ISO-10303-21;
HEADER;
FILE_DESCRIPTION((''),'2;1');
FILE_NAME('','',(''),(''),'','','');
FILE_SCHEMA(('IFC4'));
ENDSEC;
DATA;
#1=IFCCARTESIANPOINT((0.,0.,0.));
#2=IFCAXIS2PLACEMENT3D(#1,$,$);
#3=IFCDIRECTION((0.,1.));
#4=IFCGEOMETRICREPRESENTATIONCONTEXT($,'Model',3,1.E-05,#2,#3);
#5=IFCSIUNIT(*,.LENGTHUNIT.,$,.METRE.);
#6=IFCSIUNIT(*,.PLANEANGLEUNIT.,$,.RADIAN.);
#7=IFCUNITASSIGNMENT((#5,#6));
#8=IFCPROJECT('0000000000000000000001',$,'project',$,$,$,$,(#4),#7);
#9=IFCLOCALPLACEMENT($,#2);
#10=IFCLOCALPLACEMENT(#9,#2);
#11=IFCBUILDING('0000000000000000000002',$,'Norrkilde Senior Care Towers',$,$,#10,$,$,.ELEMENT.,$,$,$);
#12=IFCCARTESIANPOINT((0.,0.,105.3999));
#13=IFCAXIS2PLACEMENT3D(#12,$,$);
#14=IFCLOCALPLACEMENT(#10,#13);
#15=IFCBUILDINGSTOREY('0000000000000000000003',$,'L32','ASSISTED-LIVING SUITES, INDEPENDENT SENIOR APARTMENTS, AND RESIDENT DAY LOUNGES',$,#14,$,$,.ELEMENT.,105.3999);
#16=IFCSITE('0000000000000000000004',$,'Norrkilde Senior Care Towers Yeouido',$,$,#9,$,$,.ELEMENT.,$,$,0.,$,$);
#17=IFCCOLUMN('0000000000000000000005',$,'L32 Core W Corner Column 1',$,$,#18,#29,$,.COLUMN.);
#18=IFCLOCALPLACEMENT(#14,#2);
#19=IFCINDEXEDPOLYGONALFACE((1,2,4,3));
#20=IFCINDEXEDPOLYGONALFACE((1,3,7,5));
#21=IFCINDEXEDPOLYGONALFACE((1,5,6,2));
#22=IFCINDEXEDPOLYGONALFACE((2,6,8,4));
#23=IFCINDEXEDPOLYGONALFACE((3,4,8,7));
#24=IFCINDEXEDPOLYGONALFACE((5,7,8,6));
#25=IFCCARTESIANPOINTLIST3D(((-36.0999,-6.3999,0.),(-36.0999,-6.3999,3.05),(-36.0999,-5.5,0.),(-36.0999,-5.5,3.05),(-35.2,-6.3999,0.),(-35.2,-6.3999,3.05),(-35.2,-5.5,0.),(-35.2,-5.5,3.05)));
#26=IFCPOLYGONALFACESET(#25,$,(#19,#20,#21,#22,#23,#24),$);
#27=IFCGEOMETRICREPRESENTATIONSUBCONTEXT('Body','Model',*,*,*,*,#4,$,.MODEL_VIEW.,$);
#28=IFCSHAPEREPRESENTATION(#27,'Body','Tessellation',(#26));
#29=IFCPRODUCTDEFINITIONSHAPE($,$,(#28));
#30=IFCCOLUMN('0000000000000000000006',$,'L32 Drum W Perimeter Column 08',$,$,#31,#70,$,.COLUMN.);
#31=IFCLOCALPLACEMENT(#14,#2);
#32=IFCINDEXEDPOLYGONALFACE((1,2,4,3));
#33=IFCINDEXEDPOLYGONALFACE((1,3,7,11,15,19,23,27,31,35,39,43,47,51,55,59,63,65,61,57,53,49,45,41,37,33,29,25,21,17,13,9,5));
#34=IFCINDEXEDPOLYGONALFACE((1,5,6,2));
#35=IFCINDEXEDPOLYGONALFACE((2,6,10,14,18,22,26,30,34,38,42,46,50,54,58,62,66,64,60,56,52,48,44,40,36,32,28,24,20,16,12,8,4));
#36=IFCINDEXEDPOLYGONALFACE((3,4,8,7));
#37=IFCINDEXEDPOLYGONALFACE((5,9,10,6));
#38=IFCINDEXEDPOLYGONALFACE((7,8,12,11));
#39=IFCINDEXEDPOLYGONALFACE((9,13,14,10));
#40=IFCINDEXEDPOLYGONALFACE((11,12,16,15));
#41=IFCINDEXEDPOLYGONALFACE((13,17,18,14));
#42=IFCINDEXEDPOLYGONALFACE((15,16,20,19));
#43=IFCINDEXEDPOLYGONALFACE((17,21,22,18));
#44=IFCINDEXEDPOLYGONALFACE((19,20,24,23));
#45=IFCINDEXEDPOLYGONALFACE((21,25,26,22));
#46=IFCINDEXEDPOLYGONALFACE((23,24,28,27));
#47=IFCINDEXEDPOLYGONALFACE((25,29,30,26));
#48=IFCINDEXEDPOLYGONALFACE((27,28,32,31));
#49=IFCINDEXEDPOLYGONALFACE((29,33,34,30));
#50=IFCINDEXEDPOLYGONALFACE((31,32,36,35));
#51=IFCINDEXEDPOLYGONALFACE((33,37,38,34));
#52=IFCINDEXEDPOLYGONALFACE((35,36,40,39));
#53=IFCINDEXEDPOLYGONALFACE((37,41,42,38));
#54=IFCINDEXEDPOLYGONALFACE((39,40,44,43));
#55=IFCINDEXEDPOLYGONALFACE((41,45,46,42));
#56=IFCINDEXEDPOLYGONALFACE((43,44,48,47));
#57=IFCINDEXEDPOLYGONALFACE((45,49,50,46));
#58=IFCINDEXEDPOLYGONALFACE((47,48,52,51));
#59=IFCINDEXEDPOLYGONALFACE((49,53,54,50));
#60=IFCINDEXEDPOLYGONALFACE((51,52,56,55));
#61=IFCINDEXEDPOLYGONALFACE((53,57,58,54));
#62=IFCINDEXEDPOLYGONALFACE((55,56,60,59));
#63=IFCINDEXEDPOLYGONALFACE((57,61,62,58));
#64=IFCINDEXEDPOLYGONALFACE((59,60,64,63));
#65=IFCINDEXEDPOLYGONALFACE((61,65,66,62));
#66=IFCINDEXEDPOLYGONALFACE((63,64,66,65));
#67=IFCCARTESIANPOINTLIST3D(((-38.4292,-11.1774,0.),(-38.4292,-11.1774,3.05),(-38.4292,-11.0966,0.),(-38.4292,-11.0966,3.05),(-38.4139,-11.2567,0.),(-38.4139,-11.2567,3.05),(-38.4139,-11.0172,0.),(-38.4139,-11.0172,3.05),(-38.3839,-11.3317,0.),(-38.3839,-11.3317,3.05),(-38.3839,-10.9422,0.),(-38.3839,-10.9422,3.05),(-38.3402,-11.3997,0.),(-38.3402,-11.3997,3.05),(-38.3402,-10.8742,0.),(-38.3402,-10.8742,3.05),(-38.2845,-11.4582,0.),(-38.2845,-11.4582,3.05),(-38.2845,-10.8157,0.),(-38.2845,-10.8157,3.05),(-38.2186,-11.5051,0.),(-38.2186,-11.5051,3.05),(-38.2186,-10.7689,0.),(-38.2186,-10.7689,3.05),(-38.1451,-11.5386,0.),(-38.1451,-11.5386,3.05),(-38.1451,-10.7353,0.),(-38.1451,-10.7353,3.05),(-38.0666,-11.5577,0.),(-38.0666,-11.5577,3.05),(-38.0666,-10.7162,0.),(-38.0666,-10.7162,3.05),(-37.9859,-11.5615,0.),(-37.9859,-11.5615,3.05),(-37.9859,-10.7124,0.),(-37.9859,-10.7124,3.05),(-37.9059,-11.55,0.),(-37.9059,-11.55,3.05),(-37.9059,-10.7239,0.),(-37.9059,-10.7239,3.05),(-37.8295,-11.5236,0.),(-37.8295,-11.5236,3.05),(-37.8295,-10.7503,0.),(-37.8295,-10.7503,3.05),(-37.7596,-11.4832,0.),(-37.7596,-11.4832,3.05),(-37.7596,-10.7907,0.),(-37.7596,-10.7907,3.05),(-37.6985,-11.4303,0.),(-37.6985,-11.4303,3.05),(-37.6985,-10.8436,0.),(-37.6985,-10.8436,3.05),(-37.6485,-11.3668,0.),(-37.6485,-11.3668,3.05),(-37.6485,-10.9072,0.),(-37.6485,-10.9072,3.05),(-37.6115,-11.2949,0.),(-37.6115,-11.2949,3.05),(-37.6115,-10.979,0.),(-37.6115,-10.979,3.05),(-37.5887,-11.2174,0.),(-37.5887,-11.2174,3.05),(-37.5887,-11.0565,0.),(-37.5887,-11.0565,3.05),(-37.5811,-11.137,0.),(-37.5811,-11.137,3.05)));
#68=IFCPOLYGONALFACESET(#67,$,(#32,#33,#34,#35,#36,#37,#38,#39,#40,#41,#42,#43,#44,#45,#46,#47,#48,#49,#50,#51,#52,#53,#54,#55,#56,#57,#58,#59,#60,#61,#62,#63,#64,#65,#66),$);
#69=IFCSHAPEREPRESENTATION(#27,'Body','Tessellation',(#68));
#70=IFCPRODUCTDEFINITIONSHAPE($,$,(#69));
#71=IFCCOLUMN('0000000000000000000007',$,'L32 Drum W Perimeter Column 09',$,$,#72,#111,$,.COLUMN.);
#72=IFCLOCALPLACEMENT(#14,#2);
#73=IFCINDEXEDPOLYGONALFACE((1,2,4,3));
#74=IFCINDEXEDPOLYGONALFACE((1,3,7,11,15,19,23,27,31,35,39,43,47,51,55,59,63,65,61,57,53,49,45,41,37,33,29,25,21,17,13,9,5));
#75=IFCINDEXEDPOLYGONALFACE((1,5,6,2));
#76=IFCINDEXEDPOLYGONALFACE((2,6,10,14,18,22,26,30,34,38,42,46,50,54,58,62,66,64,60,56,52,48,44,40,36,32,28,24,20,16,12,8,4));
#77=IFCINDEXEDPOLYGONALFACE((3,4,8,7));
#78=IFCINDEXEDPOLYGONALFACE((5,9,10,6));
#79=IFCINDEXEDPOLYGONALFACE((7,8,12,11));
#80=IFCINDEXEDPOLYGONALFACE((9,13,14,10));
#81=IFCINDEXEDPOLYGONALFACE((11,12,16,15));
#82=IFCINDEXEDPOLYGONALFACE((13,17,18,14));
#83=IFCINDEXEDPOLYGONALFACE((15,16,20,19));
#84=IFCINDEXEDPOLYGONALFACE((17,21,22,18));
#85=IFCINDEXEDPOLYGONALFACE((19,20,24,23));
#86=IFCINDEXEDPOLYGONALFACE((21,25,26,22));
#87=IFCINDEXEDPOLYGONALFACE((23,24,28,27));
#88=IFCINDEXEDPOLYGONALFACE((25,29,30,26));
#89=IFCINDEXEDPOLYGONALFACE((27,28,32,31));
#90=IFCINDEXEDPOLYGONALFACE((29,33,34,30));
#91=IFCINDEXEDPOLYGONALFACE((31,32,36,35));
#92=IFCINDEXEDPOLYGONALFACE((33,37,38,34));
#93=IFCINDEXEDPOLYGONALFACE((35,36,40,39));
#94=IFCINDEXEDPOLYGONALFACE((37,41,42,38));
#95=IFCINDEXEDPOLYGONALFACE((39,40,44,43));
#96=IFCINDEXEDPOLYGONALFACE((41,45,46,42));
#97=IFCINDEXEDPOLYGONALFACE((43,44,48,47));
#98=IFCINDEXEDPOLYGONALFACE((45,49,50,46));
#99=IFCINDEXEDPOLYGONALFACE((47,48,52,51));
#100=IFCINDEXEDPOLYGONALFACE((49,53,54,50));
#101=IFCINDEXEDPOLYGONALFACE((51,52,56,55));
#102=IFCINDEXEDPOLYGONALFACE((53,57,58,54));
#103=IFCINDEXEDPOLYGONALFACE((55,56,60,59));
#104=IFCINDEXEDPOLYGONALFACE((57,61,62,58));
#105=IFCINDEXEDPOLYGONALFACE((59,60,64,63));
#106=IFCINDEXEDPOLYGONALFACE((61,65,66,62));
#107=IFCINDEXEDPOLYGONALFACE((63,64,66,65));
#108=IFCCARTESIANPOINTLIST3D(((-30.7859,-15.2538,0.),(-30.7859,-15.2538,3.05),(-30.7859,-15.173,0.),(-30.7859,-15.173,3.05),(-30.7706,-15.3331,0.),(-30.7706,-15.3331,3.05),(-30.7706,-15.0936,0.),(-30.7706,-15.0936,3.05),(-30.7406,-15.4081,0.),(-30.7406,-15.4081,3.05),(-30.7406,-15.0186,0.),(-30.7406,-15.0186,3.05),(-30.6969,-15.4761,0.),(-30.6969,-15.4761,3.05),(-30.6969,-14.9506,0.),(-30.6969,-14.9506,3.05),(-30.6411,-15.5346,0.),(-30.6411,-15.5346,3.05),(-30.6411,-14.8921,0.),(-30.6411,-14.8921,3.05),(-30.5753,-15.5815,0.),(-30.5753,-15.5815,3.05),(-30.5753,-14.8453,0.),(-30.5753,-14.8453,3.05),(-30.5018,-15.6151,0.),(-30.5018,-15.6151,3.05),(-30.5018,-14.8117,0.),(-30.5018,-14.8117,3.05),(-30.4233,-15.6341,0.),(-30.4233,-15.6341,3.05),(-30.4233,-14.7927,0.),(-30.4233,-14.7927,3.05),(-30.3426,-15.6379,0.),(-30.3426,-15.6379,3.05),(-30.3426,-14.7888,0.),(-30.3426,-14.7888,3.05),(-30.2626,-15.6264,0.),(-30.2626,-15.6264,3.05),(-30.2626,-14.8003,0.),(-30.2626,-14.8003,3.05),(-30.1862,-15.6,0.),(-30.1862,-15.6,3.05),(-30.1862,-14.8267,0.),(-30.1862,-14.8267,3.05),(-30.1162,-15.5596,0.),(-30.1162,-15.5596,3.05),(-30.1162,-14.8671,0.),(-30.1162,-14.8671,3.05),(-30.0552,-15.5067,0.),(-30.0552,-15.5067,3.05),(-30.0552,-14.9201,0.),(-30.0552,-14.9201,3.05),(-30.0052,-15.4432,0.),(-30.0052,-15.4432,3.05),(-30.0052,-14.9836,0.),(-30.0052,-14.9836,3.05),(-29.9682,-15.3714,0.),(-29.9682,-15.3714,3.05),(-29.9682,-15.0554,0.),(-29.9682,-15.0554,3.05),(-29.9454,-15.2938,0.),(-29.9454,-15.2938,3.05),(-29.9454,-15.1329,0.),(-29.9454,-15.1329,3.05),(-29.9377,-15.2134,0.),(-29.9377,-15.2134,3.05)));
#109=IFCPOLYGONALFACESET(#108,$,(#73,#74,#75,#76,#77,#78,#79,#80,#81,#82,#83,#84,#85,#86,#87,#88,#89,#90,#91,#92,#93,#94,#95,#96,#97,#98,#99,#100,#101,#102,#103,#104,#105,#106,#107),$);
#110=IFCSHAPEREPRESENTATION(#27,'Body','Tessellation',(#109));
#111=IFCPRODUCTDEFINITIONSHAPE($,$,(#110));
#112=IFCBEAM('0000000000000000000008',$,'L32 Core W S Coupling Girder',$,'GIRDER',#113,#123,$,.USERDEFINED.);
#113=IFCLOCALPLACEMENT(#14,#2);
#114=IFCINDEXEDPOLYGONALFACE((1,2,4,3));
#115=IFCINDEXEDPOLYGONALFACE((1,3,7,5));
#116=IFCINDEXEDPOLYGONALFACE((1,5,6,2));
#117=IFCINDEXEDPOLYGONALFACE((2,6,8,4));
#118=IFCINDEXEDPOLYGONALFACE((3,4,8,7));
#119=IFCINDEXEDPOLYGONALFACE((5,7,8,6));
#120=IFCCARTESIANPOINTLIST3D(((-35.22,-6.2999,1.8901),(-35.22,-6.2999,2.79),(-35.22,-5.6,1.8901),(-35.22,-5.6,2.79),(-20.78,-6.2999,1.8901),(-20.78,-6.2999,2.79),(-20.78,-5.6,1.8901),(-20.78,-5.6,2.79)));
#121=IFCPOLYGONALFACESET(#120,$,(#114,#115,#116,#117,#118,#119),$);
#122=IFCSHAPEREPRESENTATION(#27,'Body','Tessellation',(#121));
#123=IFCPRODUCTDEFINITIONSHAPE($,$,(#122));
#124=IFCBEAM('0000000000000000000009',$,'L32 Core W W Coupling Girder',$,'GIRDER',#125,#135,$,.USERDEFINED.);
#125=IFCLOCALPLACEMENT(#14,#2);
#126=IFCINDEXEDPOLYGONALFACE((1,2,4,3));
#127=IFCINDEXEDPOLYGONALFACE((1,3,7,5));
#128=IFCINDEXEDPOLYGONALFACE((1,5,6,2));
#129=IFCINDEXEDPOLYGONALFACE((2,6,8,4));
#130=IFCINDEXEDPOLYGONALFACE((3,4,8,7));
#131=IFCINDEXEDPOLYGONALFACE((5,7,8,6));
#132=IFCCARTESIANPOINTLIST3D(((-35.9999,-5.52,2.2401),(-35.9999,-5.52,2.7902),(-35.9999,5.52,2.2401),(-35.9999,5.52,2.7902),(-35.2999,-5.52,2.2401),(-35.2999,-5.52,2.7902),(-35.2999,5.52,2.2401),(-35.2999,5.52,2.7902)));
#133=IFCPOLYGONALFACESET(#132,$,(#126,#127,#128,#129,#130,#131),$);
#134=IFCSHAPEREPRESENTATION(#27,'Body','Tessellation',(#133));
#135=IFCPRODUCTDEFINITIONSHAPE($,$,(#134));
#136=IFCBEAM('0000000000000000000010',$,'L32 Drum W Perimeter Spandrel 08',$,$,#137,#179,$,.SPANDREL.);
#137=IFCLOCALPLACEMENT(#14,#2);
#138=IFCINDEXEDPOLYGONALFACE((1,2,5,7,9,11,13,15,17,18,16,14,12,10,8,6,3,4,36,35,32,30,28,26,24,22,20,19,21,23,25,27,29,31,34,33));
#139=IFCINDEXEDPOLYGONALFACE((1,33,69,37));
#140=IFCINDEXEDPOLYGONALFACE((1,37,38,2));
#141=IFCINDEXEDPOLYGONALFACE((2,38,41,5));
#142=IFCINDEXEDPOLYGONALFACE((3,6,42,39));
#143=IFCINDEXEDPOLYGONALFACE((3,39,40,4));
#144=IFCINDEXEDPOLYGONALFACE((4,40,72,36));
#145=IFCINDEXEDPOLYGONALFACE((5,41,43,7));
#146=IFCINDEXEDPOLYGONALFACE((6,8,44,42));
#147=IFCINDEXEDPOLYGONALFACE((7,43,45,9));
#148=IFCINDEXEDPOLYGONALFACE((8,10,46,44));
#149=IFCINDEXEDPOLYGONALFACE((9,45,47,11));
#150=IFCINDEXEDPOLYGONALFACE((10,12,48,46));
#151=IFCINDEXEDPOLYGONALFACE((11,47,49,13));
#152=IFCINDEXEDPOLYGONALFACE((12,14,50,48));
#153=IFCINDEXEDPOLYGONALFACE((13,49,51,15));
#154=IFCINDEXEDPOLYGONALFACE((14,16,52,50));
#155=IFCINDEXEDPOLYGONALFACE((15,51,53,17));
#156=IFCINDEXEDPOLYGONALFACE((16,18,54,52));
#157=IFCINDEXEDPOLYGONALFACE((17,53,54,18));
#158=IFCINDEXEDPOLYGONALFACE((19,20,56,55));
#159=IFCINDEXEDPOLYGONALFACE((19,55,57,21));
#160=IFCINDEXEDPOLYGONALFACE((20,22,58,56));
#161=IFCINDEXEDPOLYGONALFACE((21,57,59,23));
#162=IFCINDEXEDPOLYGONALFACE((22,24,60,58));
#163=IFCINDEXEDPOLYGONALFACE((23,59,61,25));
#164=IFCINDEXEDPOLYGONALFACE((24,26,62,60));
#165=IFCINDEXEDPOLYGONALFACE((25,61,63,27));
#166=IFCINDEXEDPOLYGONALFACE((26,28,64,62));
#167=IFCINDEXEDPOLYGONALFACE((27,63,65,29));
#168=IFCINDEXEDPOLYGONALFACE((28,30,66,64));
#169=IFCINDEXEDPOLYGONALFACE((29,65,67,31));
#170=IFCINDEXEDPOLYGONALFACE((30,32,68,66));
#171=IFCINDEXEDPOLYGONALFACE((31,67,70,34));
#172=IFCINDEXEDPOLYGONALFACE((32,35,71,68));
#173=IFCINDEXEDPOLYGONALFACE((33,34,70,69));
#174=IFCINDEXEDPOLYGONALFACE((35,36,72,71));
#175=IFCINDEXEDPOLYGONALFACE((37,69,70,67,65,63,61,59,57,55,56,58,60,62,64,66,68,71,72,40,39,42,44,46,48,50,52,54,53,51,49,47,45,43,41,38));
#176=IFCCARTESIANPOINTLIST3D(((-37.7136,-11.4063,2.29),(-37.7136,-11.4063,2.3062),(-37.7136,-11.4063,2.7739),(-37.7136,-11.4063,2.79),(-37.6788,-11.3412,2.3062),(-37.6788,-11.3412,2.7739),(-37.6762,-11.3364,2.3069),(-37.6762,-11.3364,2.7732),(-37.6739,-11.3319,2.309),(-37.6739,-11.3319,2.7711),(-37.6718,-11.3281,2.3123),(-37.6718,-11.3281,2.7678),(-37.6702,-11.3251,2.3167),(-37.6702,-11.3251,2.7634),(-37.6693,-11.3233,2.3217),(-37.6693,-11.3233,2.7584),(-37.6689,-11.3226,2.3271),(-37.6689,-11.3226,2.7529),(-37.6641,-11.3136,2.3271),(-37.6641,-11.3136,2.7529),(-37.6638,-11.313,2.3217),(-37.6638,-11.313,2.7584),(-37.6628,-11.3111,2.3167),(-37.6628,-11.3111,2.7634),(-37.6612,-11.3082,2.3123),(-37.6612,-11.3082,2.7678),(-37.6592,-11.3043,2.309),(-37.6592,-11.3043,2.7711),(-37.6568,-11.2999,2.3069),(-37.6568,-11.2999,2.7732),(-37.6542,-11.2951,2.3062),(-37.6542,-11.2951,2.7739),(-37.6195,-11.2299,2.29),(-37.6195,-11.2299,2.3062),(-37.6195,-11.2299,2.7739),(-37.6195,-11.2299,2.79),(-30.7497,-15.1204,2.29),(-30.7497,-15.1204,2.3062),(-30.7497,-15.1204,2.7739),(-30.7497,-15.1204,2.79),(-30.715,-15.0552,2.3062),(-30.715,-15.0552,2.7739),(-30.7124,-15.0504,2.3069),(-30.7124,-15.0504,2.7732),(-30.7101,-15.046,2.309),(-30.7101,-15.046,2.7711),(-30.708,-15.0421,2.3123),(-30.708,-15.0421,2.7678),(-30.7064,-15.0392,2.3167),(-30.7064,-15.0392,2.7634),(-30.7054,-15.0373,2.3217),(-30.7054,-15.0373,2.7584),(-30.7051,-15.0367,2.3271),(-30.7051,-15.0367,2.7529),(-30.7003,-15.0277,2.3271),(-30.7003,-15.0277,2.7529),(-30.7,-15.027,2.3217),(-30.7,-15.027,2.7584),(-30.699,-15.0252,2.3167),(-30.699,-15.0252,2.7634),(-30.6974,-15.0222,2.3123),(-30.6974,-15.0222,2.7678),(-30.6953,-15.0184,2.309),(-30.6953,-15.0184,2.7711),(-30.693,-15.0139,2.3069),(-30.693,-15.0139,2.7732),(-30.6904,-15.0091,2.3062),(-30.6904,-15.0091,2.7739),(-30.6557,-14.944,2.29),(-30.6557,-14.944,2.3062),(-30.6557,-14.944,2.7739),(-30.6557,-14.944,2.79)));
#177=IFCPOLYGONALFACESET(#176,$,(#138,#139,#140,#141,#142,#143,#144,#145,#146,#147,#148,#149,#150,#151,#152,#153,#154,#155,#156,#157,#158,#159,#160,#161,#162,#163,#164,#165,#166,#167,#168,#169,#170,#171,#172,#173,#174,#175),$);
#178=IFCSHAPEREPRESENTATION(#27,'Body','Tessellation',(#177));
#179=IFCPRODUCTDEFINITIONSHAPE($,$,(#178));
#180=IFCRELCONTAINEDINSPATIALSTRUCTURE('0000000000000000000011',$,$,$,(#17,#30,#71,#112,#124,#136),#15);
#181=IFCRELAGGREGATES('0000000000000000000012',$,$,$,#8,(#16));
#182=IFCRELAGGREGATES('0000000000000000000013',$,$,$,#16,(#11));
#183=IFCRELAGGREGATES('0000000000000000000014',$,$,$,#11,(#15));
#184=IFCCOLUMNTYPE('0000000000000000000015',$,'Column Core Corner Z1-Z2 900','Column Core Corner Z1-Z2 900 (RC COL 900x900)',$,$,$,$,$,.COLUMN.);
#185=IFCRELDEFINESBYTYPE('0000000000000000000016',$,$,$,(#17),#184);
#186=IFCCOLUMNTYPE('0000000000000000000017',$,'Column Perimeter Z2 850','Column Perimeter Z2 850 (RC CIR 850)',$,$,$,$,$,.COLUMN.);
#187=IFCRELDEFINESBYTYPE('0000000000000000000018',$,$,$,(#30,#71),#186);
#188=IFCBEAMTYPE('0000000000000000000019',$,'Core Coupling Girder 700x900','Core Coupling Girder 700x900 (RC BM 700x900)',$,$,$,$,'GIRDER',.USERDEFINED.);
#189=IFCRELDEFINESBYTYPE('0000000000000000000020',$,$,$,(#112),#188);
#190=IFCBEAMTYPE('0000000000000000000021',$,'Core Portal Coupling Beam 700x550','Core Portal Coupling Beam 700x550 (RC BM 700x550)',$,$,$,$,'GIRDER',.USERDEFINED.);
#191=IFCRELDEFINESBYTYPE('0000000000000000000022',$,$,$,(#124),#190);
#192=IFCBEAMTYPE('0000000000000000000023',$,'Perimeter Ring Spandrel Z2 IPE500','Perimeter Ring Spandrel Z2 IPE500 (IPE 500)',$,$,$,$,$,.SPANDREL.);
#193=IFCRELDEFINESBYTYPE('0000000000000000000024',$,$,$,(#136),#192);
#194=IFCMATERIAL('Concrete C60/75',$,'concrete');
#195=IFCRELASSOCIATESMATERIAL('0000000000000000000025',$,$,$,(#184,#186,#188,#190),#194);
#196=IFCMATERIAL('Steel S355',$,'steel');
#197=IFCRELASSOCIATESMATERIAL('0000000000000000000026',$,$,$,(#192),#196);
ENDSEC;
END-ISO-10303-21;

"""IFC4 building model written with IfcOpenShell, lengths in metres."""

from ifc_helpers import new_model, si_unit, direction, frame, origin, origin_2d, place, context, subcontext, project, spatial, rectangle, circle, i_section, extrude, source, transform, mapped, material, material_profile, profile_set, type_object, type_shapes, element, save


model = new_model("IFC4")

# Units and contexts
model_context = context("Model", 3, precision=1e-05, world=origin(), true_north=direction((0.0, 1.0)))
body_context = subcontext(model_context, "Body", "Model", "MODEL_VIEW")
ifc_project = project(units=[si_unit("LENGTHUNIT", "METRE"), si_unit("PLANEANGLEUNIT", "RADIAN")], contexts=[model_context])

# Site, building, storey
site_placement = place(None, origin())
site = spatial("IfcSite", under=ifc_project, at=site_placement, Name="Norrkilde Senior Care Towers Yeouido", CompositionType="ELEMENT", RefElevation=0.0)
building_placement = place(site_placement, origin())
building = spatial("IfcBuilding", under=site, at=building_placement, Name="Norrkilde Senior Care Towers", CompositionType="ELEMENT")
storey_placement = place(building_placement, frame((0.0, 0.0, 105.3999)))
storey = spatial("IfcBuildingStorey", under=building, at=storey_placement, Name="L32", Description="ASSISTED-LIVING SUITES, INDEPENDENT SENIOR APARTMENTS, AND RESIDENT DAY LOUNGES", CompositionType="ELEMENT", Elevation=105.3999)

# Columns
ifc_material_1 = material(Name="Concrete C60/75", Category="concrete")
ifc_material_profile_1 = material_profile(ifc_material_1, rectangle(XDim=0.8999, YDim=0.8999, at=origin_2d()), Name="RC COL 900x900")
ifc_profile_set_1 = profile_set([ifc_material_profile_1], Name="Concrete C60/75")
column_type_1 = type_object("IfcColumnType", Name="Column Core Corner Z1-Z2 900", Description="Column Core Corner Z1-Z2 900 (RC COL 900x900)", PredefinedType="COLUMN", material=ifc_profile_set_1)
shared_shape_1 = source(origin(), body_context, "Body", "SweptSolid", [
    extrude(rectangle(XDim=0.8999, YDim=0.8999, at=origin_2d()), origin(), (0.0, 0.0, 1.0), 3.05),
])
type_shapes(column_type_1, [shared_shape_1])
column_placement = place(storey_placement, frame((-35.6499, -5.95, 0.0), z_axis=(0.0, 0.0, 1.0), x_axis=(1.0, 0.0, 0.0)))
element("IfcColumn", 1, at=column_placement, inside=storey, type_object=column_type_1, Name="L32 Core W Corner Column 1", PredefinedType="COLUMN", context=body_context, shape_type="MappedRepresentation", body=[
    mapped(shared_shape_1, transform((0.0, 0.0, 0.0), x_axis=(1.0, 0.0, 0.0), y_axis=(0.0, 1.0, 0.0), z_axis=(0.0, 0.0, 1.0), scale=1.0)),
])
ifc_material_profile_2 = material_profile(ifc_material_1, circle(Radius=0.425, at=origin_2d()), Name="RC CIR 850")
ifc_profile_set_2 = profile_set([ifc_material_profile_2], Name="Concrete C60/75")
column_type_2 = type_object("IfcColumnType", Name="Column Perimeter Z2 850", Description="Column Perimeter Z2 850 (RC CIR 850)", PredefinedType="COLUMN", material=ifc_profile_set_2)
shared_shape_2 = source(origin(), body_context, "Body", "SweptSolid", [
    extrude(circle(Radius=0.425, at=origin_2d()), origin(), (0.0, 0.0, 1.0), 3.05),
])
type_shapes(column_type_2, [shared_shape_2])
for number, where, z_axis, x_axis, name in (
    (2, (-38.0061, -11.137, 0.0), (0.0, 0.0, 1.0), (1.0, 0.0, 0.0), "L32 Drum W Perimeter Column 08"),
    (3, (-30.3628, -15.2134, 0.0), (0.0, 0.0, 1.0), (1.0, 0.0, 0.0), "L32 Drum W Perimeter Column 09"),
):
    element("IfcColumn", number, at=place(storey_placement, frame(where, z_axis=z_axis, x_axis=x_axis)), inside=storey, type_object=column_type_2, Name=name, PredefinedType="COLUMN", context=body_context, shape_type="MappedRepresentation", body=[
        mapped(shared_shape_2, transform((0.0, 0.0, 0.0), x_axis=(1.0, 0.0, 0.0), y_axis=(0.0, 1.0, 0.0), z_axis=(0.0, 0.0, 1.0), scale=1.0)),
    ])

# Beams
ifc_material_profile_3 = material_profile(ifc_material_1, rectangle(XDim=0.7, YDim=0.8999, at=origin_2d()), Name="RC BM 700x900")
ifc_profile_set_3 = profile_set([ifc_material_profile_3], Name="Concrete C60/75")
beam_type_1 = type_object("IfcBeamType", Name="Core Coupling Girder 700x900", Description="Core Coupling Girder 700x900 (RC BM 700x900)", ElementType="GIRDER", PredefinedType="USERDEFINED", material=ifc_profile_set_3)
shared_shape_3 = source(origin(), body_context, "Body", "SweptSolid", [
    extrude(rectangle(XDim=0.7, YDim=0.8999, at=origin_2d()), origin(), (0.0, 0.0, 1.0), 14.4399),
])
type_shapes(beam_type_1, [shared_shape_3])
beam_1_placement = place(storey_placement, frame((-35.22, -5.95, 2.3401), z_axis=(1.0, 0.0, 0.0), x_axis=(0.0, 1.0, 0.0)))
element("IfcBeam", 4, at=beam_1_placement, inside=storey, type_object=beam_type_1, Name="L32 Core W S Coupling Girder", ObjectType="GIRDER", PredefinedType="USERDEFINED", context=body_context, shape_type="MappedRepresentation", body=[
    mapped(shared_shape_3, transform((0.0, 0.0, 0.0), x_axis=(1.0, 0.0, 0.0), y_axis=(0.0, 1.0, 0.0), z_axis=(0.0, 0.0, 1.0), scale=1.0)),
])
ifc_material_profile_4 = material_profile(ifc_material_1, rectangle(XDim=0.7, YDim=0.55, at=origin_2d()), Name="RC BM 700x550")
ifc_profile_set_4 = profile_set([ifc_material_profile_4], Name="Concrete C60/75")
beam_type_2 = type_object("IfcBeamType", Name="Core Portal Coupling Beam 700x550", Description="Core Portal Coupling Beam 700x550 (RC BM 700x550)", ElementType="GIRDER", PredefinedType="USERDEFINED", material=ifc_profile_set_4)
shared_shape_4 = source(origin(), body_context, "Body", "SweptSolid", [
    extrude(rectangle(XDim=0.7, YDim=0.55, at=origin_2d()), origin(), (0.0, 0.0, 1.0), 11.04),
])
type_shapes(beam_type_2, [shared_shape_4])
beam_2_placement = place(storey_placement, frame((-35.6499, -5.52, 2.5151), z_axis=(0.0, 1.0, 0.0), x_axis=(-1.0, 0.0, 0.0)))
element("IfcBeam", 5, at=beam_2_placement, inside=storey, type_object=beam_type_2, Name="L32 Core W W Coupling Girder", ObjectType="GIRDER", PredefinedType="USERDEFINED", context=body_context, shape_type="MappedRepresentation", body=[
    mapped(shared_shape_4, transform((0.0, 0.0, 0.0), x_axis=(1.0, 0.0, 0.0), y_axis=(0.0, 1.0, 0.0), z_axis=(0.0, 0.0, 1.0), scale=1.0)),
])
ifc_material_2 = material(Name="Steel S355", Category="steel")
ifc_material_profile_5 = material_profile(ifc_material_2, i_section(OverallWidth=0.2, OverallDepth=0.5, WebThickness=0.0103, FlangeThickness=0.0161, FilletRadius=0.021, at=origin_2d()), Name="IPE 500")
ifc_profile_set_5 = profile_set([ifc_material_profile_5], Name="Steel S355")
beam_type_3 = type_object("IfcBeamType", Name="Perimeter Ring Spandrel Z2 IPE500", Description="Perimeter Ring Spandrel Z2 IPE500 (IPE 500)", PredefinedType="SPANDREL", material=ifc_profile_set_5)
shared_shape_5 = source(origin(), body_context, "Body", "SweptSolid", [
    extrude(i_section(OverallWidth=0.2, OverallDepth=0.5, WebThickness=0.0103, FlangeThickness=0.0161, FilletRadius=0.021, at=origin_2d()), origin(), (0.0, 0.0, 1.0), 7.8923),
])
beam_3_placement = place(storey_placement, frame((-37.6665, -11.3181, 2.54), z_axis=(0.88235, -0.470593, 0.0), x_axis=(0.470593, 0.88235, 0.0)))
element("IfcBeam", 6, at=beam_3_placement, inside=storey, type_object=beam_type_3, Name="L32 Drum W Perimeter Spandrel 08", PredefinedType="SPANDREL", context=body_context, shape_type="MappedRepresentation", body=[
    mapped(shared_shape_5, transform((0.0, 0.0, 0.0), x_axis=(1.0, 0.0, 0.0), y_axis=(0.0, 1.0, 0.0), z_axis=(0.0, 0.0, 1.0), scale=1.0)),
])

save(model, "model.ifc")
